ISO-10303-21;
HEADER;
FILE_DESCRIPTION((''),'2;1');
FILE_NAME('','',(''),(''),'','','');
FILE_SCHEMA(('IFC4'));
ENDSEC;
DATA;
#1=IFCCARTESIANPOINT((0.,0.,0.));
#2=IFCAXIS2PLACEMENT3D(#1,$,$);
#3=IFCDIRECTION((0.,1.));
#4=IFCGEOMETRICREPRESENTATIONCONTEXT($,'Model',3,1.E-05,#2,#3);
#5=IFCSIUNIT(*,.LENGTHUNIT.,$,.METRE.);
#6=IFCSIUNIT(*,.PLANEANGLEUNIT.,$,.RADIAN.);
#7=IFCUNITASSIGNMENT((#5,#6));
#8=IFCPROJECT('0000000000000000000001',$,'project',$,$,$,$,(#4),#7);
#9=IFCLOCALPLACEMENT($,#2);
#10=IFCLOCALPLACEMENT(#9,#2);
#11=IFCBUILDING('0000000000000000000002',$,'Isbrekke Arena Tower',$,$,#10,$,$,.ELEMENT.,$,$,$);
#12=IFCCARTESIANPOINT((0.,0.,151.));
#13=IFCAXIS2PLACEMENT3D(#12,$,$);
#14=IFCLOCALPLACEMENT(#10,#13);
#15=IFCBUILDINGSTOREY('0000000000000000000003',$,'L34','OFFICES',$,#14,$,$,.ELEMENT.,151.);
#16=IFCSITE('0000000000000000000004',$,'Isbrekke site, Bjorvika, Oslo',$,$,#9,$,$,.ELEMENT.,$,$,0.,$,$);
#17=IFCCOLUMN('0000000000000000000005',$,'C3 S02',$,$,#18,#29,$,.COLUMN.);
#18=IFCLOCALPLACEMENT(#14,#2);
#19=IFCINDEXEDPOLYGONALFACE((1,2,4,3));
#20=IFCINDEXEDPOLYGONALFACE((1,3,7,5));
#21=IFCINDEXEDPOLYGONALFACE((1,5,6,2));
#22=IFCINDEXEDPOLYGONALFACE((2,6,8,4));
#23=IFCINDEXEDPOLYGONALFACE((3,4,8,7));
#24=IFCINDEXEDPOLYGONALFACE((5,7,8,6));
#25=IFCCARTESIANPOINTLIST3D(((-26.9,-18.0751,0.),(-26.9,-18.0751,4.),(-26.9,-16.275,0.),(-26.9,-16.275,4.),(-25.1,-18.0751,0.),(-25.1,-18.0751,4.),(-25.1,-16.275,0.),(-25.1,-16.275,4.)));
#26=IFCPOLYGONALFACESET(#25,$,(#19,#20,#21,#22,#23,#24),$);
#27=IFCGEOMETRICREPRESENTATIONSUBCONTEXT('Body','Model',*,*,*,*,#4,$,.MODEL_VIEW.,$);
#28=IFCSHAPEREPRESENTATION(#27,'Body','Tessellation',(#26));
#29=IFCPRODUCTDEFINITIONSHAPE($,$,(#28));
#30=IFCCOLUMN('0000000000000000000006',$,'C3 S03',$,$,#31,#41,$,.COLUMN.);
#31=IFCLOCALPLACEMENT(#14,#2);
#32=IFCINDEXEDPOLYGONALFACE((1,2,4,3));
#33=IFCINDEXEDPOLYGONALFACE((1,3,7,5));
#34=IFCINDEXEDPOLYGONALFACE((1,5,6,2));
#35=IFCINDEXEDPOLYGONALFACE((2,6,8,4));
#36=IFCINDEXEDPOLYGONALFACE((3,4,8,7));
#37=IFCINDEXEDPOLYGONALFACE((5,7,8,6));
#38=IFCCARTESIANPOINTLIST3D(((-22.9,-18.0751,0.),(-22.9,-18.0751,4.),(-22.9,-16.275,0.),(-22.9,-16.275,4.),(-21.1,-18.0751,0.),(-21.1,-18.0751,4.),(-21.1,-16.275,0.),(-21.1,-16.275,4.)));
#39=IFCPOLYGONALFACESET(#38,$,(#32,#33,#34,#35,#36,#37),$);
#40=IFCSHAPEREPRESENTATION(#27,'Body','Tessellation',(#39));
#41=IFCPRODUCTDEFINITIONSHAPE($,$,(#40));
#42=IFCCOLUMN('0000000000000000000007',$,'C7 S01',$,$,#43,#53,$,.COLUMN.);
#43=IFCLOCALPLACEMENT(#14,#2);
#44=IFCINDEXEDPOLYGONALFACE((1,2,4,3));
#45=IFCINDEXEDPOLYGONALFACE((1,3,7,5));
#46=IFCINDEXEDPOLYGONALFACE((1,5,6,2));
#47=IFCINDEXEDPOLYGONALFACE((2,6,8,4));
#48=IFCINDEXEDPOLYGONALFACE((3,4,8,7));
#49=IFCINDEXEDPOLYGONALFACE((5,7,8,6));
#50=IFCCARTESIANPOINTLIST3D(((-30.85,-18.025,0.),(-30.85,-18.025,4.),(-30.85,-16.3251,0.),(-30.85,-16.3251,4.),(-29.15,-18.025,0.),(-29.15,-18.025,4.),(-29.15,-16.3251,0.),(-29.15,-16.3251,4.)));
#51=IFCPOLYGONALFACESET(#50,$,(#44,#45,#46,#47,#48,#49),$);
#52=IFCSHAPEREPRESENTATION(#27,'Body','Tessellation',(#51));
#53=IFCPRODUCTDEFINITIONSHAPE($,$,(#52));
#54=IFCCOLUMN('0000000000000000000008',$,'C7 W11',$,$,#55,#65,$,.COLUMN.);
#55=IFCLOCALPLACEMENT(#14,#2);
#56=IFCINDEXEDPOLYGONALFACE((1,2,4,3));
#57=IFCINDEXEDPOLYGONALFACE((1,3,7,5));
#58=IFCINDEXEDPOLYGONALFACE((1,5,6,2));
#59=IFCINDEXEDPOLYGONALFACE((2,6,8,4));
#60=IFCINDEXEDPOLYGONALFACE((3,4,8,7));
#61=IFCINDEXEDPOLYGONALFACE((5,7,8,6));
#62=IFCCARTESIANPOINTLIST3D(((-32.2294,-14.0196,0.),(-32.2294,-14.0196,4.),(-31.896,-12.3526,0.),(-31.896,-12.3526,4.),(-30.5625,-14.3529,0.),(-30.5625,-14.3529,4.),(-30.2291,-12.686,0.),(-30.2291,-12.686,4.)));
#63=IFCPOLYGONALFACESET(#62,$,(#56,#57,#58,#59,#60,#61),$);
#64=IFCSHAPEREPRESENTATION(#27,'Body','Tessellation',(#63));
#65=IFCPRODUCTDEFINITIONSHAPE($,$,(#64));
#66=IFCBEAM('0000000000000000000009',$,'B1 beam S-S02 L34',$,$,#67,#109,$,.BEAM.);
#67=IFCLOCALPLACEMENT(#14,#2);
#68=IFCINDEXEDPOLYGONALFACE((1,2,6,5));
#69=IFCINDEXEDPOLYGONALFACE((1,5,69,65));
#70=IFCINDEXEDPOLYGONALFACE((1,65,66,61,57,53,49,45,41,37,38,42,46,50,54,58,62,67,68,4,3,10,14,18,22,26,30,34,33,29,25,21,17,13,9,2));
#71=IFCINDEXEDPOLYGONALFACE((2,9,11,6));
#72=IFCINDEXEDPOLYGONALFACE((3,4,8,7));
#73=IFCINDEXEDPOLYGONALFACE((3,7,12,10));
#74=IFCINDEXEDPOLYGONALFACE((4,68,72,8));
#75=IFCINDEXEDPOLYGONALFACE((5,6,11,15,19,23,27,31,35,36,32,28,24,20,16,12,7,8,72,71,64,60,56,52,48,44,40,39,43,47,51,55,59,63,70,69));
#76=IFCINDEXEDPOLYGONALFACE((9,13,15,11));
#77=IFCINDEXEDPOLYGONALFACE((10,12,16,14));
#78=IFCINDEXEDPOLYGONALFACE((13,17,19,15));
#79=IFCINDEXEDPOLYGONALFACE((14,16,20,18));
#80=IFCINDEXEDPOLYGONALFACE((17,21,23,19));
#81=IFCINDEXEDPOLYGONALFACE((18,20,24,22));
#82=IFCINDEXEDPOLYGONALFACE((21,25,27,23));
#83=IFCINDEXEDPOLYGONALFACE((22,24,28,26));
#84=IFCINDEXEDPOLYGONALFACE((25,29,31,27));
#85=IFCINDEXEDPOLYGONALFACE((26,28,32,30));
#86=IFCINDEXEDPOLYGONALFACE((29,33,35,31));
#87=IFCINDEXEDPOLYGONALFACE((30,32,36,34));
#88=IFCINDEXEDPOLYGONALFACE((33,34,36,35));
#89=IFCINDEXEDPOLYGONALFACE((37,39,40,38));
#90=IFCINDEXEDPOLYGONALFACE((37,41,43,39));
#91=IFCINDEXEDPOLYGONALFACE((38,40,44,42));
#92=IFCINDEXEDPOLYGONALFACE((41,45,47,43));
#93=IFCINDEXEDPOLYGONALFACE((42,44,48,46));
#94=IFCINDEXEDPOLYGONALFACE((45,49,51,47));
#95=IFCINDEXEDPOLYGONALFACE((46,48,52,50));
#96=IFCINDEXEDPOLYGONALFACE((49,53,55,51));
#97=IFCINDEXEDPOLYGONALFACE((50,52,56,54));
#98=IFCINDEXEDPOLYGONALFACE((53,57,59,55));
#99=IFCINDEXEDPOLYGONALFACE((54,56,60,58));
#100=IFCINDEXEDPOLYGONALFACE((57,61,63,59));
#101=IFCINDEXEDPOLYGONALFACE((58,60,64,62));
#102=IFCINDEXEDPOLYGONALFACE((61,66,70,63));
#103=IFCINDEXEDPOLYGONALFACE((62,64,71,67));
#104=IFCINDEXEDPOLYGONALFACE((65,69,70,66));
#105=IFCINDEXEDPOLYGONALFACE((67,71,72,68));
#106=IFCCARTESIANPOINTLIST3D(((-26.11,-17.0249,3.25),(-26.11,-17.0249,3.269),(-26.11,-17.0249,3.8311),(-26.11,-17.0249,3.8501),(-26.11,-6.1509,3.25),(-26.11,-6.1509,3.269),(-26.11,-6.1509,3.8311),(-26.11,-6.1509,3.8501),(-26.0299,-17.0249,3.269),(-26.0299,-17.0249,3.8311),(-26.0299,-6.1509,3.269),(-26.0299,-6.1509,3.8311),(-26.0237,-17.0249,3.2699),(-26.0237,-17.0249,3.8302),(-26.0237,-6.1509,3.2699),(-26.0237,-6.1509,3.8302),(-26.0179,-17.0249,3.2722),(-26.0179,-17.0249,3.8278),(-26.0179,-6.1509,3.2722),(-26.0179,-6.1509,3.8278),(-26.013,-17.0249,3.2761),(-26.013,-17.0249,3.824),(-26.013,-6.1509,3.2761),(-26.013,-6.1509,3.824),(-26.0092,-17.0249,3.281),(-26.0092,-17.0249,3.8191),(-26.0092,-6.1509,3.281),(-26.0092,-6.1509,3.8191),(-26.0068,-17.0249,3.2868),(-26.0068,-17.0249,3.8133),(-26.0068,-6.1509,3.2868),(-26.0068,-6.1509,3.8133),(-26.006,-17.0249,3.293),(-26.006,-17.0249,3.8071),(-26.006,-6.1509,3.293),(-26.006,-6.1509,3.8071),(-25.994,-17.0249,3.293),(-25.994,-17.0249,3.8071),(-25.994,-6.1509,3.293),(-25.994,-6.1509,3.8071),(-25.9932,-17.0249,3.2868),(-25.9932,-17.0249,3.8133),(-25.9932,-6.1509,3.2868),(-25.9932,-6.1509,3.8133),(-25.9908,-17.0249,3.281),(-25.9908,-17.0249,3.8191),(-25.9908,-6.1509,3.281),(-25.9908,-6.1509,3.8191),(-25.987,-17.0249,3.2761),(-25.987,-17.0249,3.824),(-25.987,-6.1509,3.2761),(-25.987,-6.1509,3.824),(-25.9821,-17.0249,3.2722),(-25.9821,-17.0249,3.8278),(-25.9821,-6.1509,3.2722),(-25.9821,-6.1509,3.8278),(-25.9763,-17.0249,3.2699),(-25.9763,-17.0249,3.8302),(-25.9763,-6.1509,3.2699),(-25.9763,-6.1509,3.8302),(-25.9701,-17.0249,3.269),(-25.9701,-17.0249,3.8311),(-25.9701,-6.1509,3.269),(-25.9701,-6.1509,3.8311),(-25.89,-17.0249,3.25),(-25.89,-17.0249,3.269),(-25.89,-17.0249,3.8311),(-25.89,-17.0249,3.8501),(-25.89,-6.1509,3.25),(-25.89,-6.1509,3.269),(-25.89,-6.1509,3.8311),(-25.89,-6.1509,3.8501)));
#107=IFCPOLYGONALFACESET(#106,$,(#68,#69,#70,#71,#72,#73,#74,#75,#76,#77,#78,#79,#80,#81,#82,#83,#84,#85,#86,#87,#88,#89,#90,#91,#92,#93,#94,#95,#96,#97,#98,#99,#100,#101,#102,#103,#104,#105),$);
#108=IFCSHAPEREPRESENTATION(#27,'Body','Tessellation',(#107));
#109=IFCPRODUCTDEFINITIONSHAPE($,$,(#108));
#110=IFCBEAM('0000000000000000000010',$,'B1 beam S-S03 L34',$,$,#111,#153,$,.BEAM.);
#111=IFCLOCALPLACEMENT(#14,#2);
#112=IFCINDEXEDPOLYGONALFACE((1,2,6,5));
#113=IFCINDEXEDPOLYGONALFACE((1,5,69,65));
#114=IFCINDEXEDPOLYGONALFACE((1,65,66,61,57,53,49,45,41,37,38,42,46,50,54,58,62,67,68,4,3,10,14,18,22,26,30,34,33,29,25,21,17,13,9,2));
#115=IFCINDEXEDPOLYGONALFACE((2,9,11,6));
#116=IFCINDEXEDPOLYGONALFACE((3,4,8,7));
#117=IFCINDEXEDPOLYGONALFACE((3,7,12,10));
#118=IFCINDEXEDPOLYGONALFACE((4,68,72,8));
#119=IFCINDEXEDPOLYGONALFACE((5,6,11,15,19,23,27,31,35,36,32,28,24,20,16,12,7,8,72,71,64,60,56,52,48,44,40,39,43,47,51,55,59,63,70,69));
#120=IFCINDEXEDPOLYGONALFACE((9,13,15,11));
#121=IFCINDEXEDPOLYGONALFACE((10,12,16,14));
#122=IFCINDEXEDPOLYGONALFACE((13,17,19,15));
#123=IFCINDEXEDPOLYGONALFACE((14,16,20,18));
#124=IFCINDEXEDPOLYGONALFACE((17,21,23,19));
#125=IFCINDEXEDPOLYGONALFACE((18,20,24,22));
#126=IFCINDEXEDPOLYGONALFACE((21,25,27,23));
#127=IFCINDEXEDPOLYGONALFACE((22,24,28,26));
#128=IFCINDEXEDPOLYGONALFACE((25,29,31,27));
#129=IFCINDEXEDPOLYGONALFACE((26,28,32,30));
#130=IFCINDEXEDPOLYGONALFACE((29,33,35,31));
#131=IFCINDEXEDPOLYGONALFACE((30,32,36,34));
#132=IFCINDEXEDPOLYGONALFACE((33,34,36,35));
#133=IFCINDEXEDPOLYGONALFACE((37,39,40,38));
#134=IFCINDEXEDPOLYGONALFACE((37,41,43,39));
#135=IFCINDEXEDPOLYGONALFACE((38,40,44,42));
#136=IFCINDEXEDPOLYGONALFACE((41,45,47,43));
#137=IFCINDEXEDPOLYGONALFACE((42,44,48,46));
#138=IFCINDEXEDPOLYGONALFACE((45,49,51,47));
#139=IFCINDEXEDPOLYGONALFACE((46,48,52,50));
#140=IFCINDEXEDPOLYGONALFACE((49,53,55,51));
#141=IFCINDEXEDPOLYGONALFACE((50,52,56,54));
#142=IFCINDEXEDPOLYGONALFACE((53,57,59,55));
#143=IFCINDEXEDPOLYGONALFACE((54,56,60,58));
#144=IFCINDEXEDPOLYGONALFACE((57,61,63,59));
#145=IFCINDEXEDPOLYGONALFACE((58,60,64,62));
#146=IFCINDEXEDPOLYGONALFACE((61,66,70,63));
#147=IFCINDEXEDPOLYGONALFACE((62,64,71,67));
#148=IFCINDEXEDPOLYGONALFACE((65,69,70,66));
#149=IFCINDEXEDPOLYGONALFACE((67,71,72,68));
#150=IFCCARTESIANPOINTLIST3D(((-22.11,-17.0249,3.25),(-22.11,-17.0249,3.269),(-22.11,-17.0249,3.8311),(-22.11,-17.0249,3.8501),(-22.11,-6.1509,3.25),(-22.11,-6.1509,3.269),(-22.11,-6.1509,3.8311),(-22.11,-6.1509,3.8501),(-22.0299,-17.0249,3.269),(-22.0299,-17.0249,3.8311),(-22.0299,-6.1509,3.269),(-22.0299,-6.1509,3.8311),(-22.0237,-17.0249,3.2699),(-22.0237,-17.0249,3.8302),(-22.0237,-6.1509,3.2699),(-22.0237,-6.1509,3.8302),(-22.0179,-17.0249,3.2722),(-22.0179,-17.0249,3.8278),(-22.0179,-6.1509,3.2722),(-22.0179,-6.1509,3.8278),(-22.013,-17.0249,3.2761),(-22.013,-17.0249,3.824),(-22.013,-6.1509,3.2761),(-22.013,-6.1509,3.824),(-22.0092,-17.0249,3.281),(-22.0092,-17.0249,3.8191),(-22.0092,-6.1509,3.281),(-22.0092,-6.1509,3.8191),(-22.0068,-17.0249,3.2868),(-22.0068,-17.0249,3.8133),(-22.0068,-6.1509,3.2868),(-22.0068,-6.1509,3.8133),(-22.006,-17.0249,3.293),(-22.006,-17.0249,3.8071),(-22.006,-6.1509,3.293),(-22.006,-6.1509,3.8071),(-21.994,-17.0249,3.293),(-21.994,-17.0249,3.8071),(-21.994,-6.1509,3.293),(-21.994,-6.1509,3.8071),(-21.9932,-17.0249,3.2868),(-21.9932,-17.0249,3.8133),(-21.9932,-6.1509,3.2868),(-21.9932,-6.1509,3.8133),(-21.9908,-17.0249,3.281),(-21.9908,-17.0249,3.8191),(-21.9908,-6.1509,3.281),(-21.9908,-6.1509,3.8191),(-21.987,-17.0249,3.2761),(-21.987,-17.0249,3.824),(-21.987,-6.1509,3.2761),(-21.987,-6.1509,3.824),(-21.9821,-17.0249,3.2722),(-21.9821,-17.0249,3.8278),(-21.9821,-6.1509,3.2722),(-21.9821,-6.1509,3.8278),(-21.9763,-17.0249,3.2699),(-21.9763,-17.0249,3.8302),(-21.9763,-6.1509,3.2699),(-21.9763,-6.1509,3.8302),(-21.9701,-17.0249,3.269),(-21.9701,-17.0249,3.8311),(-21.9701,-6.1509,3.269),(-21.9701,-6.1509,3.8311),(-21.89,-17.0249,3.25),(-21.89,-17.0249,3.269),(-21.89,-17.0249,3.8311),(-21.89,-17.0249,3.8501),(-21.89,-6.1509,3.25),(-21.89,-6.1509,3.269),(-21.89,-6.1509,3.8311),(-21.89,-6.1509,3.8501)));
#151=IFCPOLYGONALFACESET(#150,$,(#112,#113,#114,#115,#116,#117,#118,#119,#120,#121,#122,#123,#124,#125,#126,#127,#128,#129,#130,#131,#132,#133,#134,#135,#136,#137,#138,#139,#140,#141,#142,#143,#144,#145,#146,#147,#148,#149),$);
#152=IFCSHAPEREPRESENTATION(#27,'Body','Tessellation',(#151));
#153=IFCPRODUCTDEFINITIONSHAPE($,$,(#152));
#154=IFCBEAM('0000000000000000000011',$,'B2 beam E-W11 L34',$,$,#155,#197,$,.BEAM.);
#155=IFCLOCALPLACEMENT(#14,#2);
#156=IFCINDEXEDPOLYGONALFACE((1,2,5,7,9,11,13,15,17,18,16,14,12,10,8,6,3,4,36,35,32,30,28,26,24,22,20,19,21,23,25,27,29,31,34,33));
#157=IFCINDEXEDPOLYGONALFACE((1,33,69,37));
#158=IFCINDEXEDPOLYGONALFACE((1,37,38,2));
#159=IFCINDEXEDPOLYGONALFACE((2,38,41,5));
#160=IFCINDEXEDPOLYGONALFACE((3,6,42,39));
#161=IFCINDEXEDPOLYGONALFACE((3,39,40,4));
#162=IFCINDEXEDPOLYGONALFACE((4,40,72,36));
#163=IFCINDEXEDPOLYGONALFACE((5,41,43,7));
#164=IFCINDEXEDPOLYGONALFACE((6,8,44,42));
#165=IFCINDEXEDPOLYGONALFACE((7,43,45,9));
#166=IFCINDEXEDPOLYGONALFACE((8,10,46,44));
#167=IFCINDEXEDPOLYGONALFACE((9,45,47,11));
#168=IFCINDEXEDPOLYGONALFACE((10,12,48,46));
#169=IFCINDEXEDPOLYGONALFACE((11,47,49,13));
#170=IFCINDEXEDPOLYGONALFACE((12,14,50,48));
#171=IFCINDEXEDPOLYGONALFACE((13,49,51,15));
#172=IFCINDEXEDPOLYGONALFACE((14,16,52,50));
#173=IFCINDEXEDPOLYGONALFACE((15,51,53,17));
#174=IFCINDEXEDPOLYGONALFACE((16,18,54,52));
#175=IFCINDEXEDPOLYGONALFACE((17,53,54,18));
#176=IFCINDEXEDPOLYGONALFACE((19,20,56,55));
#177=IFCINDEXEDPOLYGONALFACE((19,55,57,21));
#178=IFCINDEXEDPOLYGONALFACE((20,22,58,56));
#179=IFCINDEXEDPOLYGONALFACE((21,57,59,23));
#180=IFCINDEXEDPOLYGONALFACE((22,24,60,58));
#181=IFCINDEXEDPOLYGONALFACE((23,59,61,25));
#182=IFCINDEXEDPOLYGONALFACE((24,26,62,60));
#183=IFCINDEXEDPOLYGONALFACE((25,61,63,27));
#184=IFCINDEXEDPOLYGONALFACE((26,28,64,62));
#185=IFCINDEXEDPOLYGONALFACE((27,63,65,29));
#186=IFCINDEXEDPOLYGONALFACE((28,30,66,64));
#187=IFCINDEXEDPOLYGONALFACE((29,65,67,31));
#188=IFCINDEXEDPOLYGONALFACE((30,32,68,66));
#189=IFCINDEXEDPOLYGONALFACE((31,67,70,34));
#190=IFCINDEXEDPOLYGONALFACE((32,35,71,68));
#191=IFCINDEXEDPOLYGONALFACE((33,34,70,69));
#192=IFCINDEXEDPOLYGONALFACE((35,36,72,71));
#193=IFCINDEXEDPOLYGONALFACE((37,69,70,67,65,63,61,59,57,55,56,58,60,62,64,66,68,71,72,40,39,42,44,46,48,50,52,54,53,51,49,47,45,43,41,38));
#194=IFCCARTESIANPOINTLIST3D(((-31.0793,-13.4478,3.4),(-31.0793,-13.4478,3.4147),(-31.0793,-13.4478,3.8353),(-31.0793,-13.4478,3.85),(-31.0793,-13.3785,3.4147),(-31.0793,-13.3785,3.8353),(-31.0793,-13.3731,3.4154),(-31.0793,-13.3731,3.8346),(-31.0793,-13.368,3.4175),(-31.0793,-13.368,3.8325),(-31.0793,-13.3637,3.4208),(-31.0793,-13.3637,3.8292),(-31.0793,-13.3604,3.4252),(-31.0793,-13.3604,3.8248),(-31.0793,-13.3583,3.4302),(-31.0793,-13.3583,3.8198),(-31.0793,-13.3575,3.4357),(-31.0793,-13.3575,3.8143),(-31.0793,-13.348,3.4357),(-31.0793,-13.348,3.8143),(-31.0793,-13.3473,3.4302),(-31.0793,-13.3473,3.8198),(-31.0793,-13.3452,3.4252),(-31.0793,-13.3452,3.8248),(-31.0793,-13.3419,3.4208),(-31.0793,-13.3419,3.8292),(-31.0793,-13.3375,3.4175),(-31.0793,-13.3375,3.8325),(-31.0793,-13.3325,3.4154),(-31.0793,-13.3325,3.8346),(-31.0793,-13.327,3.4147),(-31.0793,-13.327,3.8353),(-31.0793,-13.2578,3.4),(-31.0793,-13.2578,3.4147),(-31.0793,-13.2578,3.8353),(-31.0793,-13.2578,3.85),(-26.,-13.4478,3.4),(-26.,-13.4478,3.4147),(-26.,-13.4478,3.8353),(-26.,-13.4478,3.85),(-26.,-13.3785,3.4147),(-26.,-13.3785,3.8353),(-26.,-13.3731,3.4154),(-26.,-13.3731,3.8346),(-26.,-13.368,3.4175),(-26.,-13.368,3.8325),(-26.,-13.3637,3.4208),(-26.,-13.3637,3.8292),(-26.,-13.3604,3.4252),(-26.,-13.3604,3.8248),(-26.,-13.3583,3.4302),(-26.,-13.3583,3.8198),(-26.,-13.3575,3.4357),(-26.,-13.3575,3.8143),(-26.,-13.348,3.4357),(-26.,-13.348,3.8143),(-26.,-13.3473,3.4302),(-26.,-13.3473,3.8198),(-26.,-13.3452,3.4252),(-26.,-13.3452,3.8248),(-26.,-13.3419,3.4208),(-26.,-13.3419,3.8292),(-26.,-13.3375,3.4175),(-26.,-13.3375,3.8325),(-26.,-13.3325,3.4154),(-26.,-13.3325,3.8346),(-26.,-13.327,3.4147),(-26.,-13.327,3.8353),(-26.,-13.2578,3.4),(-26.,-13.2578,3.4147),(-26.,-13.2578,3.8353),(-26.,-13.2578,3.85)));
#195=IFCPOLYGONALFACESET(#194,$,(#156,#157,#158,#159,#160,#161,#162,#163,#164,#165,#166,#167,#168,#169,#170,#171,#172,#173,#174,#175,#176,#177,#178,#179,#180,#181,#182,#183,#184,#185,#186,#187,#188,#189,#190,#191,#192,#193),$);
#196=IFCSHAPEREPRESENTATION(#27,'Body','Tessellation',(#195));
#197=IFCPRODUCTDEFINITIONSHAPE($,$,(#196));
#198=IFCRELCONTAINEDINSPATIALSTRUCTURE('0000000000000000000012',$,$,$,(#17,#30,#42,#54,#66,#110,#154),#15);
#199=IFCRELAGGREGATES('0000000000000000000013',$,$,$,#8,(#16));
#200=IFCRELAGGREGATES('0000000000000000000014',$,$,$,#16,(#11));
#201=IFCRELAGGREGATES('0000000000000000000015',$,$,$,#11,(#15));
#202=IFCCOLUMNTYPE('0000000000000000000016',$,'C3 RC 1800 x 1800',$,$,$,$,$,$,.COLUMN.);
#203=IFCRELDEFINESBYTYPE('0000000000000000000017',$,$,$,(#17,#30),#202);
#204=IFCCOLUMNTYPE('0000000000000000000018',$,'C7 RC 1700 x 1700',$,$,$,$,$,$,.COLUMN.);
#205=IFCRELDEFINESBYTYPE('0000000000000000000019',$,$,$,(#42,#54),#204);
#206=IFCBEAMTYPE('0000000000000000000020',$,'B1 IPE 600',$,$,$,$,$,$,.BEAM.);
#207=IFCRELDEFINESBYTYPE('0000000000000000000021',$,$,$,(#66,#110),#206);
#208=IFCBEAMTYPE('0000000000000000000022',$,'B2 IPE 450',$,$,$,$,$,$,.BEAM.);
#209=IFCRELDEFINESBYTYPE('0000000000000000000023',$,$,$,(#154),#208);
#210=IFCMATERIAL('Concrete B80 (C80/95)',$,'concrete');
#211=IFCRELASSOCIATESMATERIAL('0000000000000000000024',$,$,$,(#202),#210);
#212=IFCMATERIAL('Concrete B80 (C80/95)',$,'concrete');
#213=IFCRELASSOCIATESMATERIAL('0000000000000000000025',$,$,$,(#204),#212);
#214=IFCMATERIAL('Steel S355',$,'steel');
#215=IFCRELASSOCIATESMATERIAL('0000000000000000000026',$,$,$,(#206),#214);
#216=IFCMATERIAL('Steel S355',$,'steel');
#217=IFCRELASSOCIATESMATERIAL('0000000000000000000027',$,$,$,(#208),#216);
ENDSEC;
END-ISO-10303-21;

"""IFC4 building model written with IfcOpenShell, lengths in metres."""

from ifc_helpers import new_model, si_unit, direction, frame, origin, origin_2d, place, context, subcontext, project, spatial, rectangle, i_section, extrude, material, material_profile, profile_set, type_object, element, save


model = new_model("IFC4")

# Units and contexts
model_context = context("Model", 3, precision=1e-05, world=origin(), true_north=direction((0.0, 1.0)))
body_context = subcontext(model_context, "Body", "Model", "MODEL_VIEW")
ifc_project = project(units=[si_unit("LENGTHUNIT", "METRE"), si_unit("PLANEANGLEUNIT", "RADIAN")], contexts=[model_context])

# Site, building, storey
site_placement = place(None, origin())
site = spatial("IfcSite", under=ifc_project, at=site_placement, Name="Isbrekke site, Bjorvika, Oslo", CompositionType="ELEMENT", RefElevation=0.0)
building_placement = place(site_placement, origin())
building = spatial("IfcBuilding", under=site, at=building_placement, Name="Isbrekke Arena Tower", CompositionType="ELEMENT")
storey_placement = place(building_placement, frame((0.0, 0.0, 151.0)))
storey = spatial("IfcBuildingStorey", under=building, at=storey_placement, Name="L34", Description="OFFICES", CompositionType="ELEMENT", Elevation=151.0)

# Columns
ifc_material_1 = material(Name="Concrete B80 (C80/95)", Category="concrete")
ifc_material_profile_1 = material_profile(ifc_material_1, rectangle(XDim=1.8, YDim=1.8, at=origin_2d()), Name="RC 1800x1800")
ifc_profile_set_1 = profile_set([ifc_material_profile_1], Name="Concrete B80 (C80/95)")
column_type_1 = type_object("IfcColumnType", Name="C3 RC 1800 x 1800", PredefinedType="COLUMN", material=ifc_profile_set_1)
for number, where, z_axis, x_axis, name in (
    (1, (-26.0, -17.175, 0.0), (0.0, 0.0, 1.0), (1.0, 0.0, 0.0), "C3 S02"),
    (2, (-22.0, -17.175, 0.0), (0.0, 0.0, 1.0), (1.0, 0.0, 0.0), "C3 S03"),
):
    element("IfcColumn", number, at=place(storey_placement, frame(where, z_axis=z_axis, x_axis=x_axis)), inside=storey, type_object=column_type_1, Name=name, PredefinedType="COLUMN", context=body_context, shape_type="SweptSolid", body=[
        extrude(rectangle(XDim=1.8, YDim=1.8, at=origin_2d()), origin(), (0.0, 0.0, 1.0), 4.0),
    ])
ifc_material_2 = material(Name="Concrete B80 (C80/95)", Category="concrete")
ifc_material_profile_2 = material_profile(ifc_material_2, rectangle(XDim=1.7, YDim=1.7, at=origin_2d()), Name="RC 1700x1700")
ifc_profile_set_2 = profile_set([ifc_material_profile_2], Name="Concrete B80 (C80/95)")
column_type_2 = type_object("IfcColumnType", Name="C7 RC 1700 x 1700", PredefinedType="COLUMN", material=ifc_profile_set_2)
for number, where, z_axis, x_axis, name in (
    (3, (-30.0, -17.175, 0.0), (0.0, 0.0, 1.0), (1.0, 0.0, 0.0), "C7 S01"),
    (4, (-31.2292, -13.3528, 0.0), (0.0, 0.0, 1.0), (-0.196116, -0.980581, 0.0), "C7 W11"),
):
    element("IfcColumn", number, at=place(storey_placement, frame(where, z_axis=z_axis, x_axis=x_axis)), inside=storey, type_object=column_type_2, Name=name, PredefinedType="COLUMN", context=body_context, shape_type="SweptSolid", body=[
        extrude(rectangle(XDim=1.7, YDim=1.7, at=origin_2d()), origin(), (0.0, 0.0, 1.0), 4.0),
    ])

# Beams
ifc_material_3 = material(Name="Steel S355", Category="steel")
ifc_material_profile_3 = material_profile(ifc_material_3, i_section(OverallWidth=0.22, OverallDepth=0.6001, WebThickness=0.012, FlangeThickness=0.019, FilletRadius=0.0239, at=origin_2d()), Name="IPE 600")
ifc_profile_set_3 = profile_set([ifc_material_profile_3], Name="Steel S355")
beam_type_1 = type_object("IfcBeamType", Name="B1 IPE 600", PredefinedType="BEAM", material=ifc_profile_set_3)
for number, where, z_axis, x_axis, name in (
    (5, (-26.0, -17.0249, 3.55), (0.0, 1.0, 0.0), (-1.0, 0.0, 0.0), "B1 beam S-S02 L34"),
    (6, (-22.0, -17.0249, 3.55), (0.0, 1.0, 0.0), (-1.0, 0.0, 0.0), "B1 beam S-S03 L34"),
):
    element("IfcBeam", number, at=place(storey_placement, frame(where, z_axis=z_axis, x_axis=x_axis)), inside=storey, type_object=beam_type_1, Name=name, PredefinedType="BEAM", context=body_context, shape_type="SweptSolid", body=[
        extrude(i_section(OverallWidth=0.22, OverallDepth=0.6001, WebThickness=0.012, FlangeThickness=0.019, FilletRadius=0.0239, at=origin_2d()), origin(), (0.0, 0.0, 1.0), 10.874),
    ])
ifc_material_4 = material(Name="Steel S355", Category="steel")
ifc_material_profile_4 = material_profile(ifc_material_4, i_section(OverallWidth=0.1899, OverallDepth=0.45, WebThickness=0.0095, FlangeThickness=0.0146, FilletRadius=0.021, at=origin_2d()), Name="IPE 450")
ifc_profile_set_4 = profile_set([ifc_material_profile_4], Name="Steel S355")
beam_type_2 = type_object("IfcBeamType", Name="B2 IPE 450", PredefinedType="BEAM", material=ifc_profile_set_4)
beam_1_placement = place(storey_placement, frame((-31.0793, -13.3528, 3.625), z_axis=(1.0, 0.0, 0.0), x_axis=(0.0, 1.0, 0.0)))
element("IfcBeam", 7, at=beam_1_placement, inside=storey, type_object=beam_type_2, Name="B2 beam E-W11 L34", PredefinedType="BEAM", context=body_context, shape_type="SweptSolid", body=[
    extrude(i_section(OverallWidth=0.1899, OverallDepth=0.45, WebThickness=0.0095, FlangeThickness=0.0146, FilletRadius=0.021, at=origin_2d()), origin(), (0.0, 0.0, 1.0), 5.0793),
])

save(model, "model.ifc")
